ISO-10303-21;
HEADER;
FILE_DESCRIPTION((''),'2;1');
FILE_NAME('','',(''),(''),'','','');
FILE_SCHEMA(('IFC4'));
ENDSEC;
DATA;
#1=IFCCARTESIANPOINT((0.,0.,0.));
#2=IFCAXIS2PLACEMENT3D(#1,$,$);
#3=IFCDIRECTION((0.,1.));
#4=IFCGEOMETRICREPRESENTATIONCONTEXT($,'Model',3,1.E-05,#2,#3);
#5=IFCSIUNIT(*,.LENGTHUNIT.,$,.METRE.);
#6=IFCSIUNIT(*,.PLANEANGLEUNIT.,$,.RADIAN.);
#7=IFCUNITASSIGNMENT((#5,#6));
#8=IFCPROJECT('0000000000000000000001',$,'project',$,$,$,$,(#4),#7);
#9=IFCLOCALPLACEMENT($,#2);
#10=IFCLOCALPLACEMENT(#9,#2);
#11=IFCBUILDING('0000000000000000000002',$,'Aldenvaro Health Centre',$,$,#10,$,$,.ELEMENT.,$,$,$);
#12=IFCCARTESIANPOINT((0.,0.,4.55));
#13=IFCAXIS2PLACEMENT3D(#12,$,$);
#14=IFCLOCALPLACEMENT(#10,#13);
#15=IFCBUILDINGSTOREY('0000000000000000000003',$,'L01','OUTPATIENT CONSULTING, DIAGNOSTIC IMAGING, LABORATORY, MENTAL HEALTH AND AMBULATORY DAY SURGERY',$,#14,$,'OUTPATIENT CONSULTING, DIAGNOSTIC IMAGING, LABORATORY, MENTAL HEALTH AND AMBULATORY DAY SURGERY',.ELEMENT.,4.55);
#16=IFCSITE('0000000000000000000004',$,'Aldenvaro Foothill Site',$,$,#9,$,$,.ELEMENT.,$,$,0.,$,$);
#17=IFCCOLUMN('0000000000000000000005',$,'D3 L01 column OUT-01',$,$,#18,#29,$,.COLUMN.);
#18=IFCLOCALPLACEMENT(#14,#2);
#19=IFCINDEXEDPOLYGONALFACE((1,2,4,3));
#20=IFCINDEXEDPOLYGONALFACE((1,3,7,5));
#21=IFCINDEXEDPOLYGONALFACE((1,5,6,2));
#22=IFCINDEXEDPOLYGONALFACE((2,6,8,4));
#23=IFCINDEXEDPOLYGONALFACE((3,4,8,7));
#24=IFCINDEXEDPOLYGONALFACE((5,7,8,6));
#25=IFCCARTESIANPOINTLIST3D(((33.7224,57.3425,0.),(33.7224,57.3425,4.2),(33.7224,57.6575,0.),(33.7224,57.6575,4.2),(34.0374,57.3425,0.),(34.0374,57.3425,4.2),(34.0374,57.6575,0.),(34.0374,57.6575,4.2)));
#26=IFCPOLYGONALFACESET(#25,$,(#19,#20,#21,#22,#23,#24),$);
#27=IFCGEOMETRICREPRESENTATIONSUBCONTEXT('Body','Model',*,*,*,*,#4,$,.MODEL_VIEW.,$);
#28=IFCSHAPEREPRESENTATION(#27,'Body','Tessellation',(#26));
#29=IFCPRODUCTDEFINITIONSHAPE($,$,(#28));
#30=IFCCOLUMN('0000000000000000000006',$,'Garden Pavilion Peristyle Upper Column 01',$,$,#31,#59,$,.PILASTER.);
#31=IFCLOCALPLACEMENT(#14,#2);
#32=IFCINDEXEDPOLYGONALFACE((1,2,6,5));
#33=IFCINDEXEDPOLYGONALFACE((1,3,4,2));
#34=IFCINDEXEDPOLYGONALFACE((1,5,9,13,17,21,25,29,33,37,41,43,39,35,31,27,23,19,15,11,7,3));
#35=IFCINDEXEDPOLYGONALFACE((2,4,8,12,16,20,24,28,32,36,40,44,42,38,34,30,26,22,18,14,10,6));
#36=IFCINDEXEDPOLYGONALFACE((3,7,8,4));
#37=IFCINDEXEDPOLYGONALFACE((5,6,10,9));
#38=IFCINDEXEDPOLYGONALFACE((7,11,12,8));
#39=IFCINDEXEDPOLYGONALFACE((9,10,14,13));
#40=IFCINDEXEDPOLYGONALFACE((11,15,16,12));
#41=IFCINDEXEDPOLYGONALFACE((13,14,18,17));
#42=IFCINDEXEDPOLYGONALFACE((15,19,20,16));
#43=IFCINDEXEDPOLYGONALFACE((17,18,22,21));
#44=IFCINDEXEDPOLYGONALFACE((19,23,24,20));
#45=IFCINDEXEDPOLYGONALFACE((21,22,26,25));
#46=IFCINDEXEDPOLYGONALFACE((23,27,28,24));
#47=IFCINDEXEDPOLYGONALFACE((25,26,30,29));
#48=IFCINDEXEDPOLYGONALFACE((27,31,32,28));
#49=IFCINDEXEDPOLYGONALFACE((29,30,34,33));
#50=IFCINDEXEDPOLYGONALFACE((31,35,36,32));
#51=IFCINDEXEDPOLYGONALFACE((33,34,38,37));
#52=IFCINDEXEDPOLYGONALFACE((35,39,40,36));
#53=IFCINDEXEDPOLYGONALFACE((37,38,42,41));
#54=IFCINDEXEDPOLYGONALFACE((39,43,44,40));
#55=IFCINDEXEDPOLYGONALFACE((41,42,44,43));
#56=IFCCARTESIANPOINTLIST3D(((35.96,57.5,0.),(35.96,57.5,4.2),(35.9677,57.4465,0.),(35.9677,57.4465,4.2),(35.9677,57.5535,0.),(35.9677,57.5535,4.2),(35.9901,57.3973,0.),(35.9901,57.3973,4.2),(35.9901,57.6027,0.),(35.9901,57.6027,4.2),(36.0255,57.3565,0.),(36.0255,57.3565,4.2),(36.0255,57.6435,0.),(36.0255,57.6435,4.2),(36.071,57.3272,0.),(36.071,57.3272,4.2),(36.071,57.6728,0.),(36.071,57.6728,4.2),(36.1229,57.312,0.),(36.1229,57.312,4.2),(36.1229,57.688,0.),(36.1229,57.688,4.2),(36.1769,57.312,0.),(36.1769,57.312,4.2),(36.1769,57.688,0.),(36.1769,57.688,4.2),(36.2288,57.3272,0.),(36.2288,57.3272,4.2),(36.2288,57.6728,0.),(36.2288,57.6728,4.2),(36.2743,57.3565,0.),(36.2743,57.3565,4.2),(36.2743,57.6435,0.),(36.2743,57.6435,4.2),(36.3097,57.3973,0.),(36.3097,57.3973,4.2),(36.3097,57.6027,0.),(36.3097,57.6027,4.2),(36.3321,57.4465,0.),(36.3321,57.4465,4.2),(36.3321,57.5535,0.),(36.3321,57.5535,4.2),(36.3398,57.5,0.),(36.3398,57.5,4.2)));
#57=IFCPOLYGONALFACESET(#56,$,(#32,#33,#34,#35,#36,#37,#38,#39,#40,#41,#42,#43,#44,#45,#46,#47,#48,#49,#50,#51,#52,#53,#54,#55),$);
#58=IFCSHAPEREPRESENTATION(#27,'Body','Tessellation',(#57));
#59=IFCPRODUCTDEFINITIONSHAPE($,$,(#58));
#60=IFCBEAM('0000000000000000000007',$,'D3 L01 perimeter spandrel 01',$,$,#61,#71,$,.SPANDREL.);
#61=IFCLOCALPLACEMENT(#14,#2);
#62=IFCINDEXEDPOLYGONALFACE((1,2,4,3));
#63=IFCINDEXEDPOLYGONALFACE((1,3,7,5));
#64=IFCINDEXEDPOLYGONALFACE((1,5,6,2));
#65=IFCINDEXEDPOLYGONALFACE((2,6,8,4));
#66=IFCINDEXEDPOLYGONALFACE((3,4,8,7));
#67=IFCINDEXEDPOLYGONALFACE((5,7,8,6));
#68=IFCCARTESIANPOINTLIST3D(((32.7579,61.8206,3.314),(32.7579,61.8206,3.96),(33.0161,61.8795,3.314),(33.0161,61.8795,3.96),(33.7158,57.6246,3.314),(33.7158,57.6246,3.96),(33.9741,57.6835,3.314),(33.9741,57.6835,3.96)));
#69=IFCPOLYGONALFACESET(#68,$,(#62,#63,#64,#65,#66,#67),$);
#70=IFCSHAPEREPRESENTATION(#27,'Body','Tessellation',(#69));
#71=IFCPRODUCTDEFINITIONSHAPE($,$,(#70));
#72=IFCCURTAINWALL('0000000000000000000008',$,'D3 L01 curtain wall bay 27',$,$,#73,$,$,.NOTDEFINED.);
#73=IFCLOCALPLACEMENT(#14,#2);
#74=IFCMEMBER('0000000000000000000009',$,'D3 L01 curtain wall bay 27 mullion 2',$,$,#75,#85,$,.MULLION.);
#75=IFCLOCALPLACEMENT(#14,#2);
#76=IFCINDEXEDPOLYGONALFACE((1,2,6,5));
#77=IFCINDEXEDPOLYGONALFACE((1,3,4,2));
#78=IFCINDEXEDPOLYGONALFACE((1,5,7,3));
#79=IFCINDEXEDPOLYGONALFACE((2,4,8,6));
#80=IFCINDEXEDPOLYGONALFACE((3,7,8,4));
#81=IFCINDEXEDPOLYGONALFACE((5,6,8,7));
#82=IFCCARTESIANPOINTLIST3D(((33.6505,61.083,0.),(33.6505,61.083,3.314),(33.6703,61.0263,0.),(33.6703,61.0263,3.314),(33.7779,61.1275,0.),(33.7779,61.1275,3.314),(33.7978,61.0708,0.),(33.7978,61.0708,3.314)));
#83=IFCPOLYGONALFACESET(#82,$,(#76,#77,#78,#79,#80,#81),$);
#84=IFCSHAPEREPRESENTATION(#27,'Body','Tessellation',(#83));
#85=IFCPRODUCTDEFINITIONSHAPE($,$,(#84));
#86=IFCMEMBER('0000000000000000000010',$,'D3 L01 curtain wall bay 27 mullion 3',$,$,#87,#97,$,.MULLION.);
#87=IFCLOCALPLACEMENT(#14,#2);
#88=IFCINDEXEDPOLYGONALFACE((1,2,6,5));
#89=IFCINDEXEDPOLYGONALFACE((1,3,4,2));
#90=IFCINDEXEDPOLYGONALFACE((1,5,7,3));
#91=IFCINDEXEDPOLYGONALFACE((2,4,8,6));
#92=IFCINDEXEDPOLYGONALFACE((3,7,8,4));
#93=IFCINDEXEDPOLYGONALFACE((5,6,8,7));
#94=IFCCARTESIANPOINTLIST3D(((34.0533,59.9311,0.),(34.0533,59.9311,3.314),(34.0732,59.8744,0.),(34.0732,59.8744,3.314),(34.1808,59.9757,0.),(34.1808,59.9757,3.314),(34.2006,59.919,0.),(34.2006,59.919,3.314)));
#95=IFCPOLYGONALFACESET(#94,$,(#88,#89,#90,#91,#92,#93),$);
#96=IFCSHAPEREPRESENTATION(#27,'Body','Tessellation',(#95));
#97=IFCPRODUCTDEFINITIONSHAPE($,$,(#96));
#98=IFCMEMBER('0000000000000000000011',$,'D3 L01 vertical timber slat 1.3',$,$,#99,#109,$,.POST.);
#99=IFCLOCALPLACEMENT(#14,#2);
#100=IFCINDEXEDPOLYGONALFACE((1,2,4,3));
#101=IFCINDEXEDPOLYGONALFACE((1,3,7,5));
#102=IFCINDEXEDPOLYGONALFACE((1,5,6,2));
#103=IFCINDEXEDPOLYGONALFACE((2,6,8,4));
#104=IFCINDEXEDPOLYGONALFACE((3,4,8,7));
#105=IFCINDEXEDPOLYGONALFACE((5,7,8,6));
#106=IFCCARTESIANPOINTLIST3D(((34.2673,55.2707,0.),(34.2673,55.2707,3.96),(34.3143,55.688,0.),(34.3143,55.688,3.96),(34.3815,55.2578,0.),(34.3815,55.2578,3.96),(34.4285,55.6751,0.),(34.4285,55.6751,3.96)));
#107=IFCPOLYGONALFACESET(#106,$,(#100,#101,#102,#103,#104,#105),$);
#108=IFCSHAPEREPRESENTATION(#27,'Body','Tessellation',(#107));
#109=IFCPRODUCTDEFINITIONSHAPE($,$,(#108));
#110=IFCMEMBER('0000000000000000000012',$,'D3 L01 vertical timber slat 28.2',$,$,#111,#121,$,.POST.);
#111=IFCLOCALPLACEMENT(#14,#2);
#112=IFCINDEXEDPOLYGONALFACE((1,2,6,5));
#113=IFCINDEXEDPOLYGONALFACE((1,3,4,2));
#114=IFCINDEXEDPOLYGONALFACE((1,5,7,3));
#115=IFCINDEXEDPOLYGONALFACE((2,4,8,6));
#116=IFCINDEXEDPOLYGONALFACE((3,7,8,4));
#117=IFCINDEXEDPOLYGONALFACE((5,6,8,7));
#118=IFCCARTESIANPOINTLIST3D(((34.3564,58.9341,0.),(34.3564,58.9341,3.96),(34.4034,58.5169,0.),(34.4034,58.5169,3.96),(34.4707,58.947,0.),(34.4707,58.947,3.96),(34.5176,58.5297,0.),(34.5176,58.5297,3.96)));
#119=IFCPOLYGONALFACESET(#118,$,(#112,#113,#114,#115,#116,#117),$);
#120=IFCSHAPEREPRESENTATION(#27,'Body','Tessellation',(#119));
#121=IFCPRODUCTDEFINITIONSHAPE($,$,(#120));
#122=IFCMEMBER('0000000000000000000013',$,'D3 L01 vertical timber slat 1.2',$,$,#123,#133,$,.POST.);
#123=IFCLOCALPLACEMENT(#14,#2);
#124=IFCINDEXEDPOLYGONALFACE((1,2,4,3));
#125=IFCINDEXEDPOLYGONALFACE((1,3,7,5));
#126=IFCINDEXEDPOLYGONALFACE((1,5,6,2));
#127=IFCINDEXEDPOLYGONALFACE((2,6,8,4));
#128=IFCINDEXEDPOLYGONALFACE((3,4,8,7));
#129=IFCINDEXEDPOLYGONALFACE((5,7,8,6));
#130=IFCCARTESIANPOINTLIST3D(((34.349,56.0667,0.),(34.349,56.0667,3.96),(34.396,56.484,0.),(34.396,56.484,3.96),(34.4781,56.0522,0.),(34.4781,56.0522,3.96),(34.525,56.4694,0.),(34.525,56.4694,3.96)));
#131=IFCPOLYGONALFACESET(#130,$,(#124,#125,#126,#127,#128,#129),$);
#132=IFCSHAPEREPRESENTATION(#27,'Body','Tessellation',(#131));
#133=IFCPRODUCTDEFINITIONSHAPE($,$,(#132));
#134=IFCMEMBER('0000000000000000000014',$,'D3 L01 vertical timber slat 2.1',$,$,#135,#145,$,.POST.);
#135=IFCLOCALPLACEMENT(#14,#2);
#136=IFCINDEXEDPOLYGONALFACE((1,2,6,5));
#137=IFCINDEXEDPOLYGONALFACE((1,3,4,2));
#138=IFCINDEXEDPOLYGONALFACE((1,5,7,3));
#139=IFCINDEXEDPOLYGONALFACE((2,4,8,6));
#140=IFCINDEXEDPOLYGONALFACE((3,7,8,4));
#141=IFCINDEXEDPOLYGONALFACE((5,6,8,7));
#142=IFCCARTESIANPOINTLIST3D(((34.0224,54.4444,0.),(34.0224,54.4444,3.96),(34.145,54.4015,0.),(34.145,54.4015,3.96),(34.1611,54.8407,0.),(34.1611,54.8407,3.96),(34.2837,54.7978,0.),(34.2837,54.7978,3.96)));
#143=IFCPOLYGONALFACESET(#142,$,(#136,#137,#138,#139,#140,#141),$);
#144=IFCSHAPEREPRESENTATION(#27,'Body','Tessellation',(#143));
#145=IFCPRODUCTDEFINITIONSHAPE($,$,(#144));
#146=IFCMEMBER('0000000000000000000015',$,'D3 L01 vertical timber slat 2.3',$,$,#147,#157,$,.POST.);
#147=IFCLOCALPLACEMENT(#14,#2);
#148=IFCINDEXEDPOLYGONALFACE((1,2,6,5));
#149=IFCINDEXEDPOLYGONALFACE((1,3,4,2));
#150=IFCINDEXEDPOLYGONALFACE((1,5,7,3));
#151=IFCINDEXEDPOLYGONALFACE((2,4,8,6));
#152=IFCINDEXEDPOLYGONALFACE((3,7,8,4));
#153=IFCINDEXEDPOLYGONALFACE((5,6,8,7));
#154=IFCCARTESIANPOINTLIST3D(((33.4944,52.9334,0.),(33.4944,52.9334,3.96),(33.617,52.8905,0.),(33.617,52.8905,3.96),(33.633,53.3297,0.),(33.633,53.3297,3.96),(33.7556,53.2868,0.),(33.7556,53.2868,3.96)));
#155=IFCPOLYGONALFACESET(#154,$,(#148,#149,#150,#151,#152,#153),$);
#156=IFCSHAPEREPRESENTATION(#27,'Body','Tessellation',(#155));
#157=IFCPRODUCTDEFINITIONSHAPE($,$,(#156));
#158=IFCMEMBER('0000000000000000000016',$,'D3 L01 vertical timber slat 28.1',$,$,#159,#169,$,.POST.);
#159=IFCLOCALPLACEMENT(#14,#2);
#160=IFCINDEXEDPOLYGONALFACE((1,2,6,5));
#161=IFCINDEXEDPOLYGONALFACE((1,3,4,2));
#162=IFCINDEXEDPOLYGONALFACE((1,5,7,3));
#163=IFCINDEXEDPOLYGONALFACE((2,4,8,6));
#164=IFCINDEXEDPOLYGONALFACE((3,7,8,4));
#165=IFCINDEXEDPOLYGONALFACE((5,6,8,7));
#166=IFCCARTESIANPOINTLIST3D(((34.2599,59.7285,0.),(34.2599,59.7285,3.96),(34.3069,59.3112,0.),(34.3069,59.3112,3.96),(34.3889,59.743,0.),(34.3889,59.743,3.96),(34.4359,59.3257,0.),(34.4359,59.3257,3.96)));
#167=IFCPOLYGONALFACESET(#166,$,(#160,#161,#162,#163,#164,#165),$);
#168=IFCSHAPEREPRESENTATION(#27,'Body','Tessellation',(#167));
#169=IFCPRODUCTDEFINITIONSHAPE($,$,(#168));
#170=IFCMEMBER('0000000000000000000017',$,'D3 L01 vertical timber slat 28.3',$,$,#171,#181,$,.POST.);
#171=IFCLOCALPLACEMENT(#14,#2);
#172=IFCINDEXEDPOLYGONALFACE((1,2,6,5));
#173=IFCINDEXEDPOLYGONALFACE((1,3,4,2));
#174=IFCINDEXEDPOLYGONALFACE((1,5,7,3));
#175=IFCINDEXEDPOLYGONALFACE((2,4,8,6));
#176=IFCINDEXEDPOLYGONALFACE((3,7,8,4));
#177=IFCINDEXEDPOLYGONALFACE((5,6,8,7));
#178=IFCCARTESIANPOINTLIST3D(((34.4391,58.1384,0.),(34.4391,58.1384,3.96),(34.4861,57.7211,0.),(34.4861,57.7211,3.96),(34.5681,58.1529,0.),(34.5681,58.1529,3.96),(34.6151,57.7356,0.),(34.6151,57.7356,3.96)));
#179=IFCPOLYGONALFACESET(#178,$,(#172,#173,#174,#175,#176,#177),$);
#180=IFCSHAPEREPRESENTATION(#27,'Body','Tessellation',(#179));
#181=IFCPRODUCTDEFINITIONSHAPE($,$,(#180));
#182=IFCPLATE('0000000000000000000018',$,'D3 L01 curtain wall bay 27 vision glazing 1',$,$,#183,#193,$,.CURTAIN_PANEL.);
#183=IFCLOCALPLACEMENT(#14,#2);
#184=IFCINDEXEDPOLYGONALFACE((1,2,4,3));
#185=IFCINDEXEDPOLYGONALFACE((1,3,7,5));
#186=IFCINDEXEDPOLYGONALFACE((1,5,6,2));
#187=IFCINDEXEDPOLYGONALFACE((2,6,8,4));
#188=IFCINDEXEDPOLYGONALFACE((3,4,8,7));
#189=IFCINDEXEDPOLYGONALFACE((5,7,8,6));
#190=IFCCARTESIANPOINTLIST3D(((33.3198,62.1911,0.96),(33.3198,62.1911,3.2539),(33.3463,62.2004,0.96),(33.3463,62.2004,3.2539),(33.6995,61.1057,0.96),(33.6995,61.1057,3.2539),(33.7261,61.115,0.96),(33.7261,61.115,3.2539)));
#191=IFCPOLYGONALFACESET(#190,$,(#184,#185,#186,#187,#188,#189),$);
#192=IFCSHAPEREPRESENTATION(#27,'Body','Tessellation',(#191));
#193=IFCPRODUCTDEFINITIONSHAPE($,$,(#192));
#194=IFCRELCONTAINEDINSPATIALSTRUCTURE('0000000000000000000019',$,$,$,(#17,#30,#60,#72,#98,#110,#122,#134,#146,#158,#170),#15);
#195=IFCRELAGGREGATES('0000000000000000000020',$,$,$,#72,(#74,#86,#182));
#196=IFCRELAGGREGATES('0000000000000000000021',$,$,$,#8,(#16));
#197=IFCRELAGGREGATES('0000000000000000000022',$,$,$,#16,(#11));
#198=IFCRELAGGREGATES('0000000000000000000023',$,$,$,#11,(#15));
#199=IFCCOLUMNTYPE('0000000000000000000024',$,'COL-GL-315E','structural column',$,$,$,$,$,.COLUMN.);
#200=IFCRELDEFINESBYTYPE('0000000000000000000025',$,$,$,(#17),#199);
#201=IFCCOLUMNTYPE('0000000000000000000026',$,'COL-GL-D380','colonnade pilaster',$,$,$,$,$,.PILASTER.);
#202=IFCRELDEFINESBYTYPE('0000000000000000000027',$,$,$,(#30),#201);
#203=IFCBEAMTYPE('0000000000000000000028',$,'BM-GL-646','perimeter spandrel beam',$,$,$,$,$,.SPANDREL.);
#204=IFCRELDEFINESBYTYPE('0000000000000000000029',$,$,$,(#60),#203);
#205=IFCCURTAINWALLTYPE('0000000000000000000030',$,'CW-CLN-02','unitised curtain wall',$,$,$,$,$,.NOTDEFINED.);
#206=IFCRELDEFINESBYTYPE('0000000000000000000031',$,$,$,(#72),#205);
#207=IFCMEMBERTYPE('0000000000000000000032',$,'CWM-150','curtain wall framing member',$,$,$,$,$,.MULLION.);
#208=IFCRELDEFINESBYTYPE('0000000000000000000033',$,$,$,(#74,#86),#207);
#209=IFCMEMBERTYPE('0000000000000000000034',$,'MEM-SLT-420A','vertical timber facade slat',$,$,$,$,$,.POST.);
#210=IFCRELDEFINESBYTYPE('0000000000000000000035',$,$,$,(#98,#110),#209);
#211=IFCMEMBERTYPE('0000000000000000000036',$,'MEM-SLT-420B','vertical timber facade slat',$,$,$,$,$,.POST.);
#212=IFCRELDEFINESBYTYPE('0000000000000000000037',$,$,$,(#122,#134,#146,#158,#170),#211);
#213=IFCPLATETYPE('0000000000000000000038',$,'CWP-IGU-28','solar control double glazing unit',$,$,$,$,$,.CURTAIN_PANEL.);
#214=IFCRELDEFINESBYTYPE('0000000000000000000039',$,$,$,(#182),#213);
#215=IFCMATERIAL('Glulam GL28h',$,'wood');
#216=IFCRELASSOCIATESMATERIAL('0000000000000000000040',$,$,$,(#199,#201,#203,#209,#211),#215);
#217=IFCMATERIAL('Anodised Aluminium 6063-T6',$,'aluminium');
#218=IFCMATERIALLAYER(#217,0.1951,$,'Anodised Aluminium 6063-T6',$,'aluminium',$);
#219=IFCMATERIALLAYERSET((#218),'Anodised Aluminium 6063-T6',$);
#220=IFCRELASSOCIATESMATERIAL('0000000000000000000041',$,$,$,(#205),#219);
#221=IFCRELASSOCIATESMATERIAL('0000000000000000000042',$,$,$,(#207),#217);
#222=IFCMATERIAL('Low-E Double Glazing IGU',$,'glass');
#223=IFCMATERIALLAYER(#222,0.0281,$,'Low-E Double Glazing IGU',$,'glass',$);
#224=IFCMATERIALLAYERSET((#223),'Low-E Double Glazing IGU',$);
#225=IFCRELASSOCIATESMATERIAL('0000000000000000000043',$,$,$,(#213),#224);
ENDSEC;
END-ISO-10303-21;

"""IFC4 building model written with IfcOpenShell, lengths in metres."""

from ifc_helpers import new_model, si_unit, direction, frame, origin, origin_2d, place, context, subcontext, project, spatial, rectangle, circle, extrude, material, layer, layer_set, material_profile, profile_set, type_object, element, aggregate, save


model = new_model("IFC4")

# Units and contexts
model_context = context("Model", 3, precision=1e-05, world=origin(), true_north=direction((0.0, 1.0)))
body_context = subcontext(model_context, "Body", "Model", "MODEL_VIEW")
ifc_project = project(units=[si_unit("LENGTHUNIT", "METRE"), si_unit("PLANEANGLEUNIT", "RADIAN")], contexts=[model_context])

# Site, building, storey
site_placement = place(None, origin())
site = spatial("IfcSite", under=ifc_project, at=site_placement, Name="Aldenvaro Foothill Site", CompositionType="ELEMENT", RefElevation=0.0)
building_placement = place(site_placement, origin())
building = spatial("IfcBuilding", under=site, at=building_placement, Name="Aldenvaro Health Centre", CompositionType="ELEMENT")
storey_placement = place(building_placement, frame((0.0, 0.0, 4.55)))
storey = spatial("IfcBuildingStorey", under=building, at=storey_placement, Name="L01", Description="OUTPATIENT CONSULTING, DIAGNOSTIC IMAGING, LABORATORY, MENTAL HEALTH AND AMBULATORY DAY SURGERY", LongName="OUTPATIENT CONSULTING, DIAGNOSTIC IMAGING, LABORATORY, MENTAL HEALTH AND AMBULATORY DAY SURGERY", CompositionType="ELEMENT", Elevation=4.55)

# Columns
ifc_material_1 = material(Name="Glulam GL28h", Category="wood")
ifc_material_profile_1 = material_profile(ifc_material_1, rectangle(XDim=0.3149, YDim=0.3149, at=origin_2d()), Name="GL 315x315", Category="wood")
ifc_profile_set_1 = profile_set([ifc_material_profile_1], Name="Glulam GL28h")
column_type_1 = type_object("IfcColumnType", Name="COL-GL-315E", Description="structural column", PredefinedType="COLUMN", material=ifc_profile_set_1)
column_1_placement = place(storey_placement, frame((33.8799, 57.5, 0.0), z_axis=(0.0, 0.0, 1.0), x_axis=(1.0, 0.0, 0.0)))
element("IfcColumn", 1, at=column_1_placement, inside=storey, type_object=column_type_1, Name="D3 L01 column OUT-01", PredefinedType="COLUMN", context=body_context, shape_type="SweptSolid", body=[
    extrude(rectangle(XDim=0.3149, YDim=0.3149, at=origin_2d()), origin(), (0.0, 0.0, 1.0), 4.2),
])
ifc_material_profile_2 = material_profile(ifc_material_1, circle(Radius=0.1899, at=origin_2d()), Name="GL D380", Category="wood")
ifc_profile_set_2 = profile_set([ifc_material_profile_2], Name="Glulam GL28h")
column_type_2 = type_object("IfcColumnType", Name="COL-GL-D380", Description="colonnade pilaster", PredefinedType="PILASTER", material=ifc_profile_set_2)
column_2_placement = place(storey_placement, frame((36.1499, 57.5, 0.0), z_axis=(0.0, 0.0, 1.0), x_axis=(1.0, 0.0, 0.0)))
element("IfcColumn", 2, at=column_2_placement, inside=storey, type_object=column_type_2, Name="Garden Pavilion Peristyle Upper Column 01", PredefinedType="PILASTER", context=body_context, shape_type="SweptSolid", body=[
    extrude(circle(Radius=0.1899, at=origin_2d()), origin(), (0.0, 0.0, 1.0), 4.2),
])

# Beam
ifc_material_profile_3 = material_profile(ifc_material_1, rectangle(XDim=0.2649, YDim=0.646, at=origin_2d()), Name="GL 265x646", Category="wood")
ifc_profile_set_3 = profile_set([ifc_material_profile_3], Name="Glulam GL28h")
beam_type = type_object("IfcBeamType", Name="BM-GL-646", Description="perimeter spandrel beam", PredefinedType="SPANDREL", material=ifc_profile_set_3)
beam_placement = place(storey_placement, frame((33.845, 57.6541, 3.637), z_axis=(-0.222585, 0.974913, 0.0), x_axis=(-0.974913, -0.222585, 0.0)))
element("IfcBeam", 3, at=beam_placement, inside=storey, type_object=beam_type, Name="D3 L01 perimeter spandrel 01", PredefinedType="SPANDREL", context=body_context, shape_type="SweptSolid", body=[
    extrude(rectangle(XDim=0.2649, YDim=0.646, at=origin_2d()), origin(), (0.0, 0.0, 1.0), 4.304),
])

# Curtain wall, members
ifc_material_2 = material(Name="Anodised Aluminium 6063-T6", Category="aluminium")
ifc_layer_1 = layer(ifc_material_2, 0.1951, Name="Anodised Aluminium 6063-T6", Category="aluminium")
ifc_layer_set_1 = layer_set([ifc_layer_1], Name="Anodised Aluminium 6063-T6")
curtain_wall_type = type_object("IfcCurtainWallType", Name="CW-CLN-02", Description="unitised curtain wall", PredefinedType="NOTDEFINED", material=ifc_layer_set_1)
curtain_wall_placement = place(storey_placement, origin())
curtain_wall = element("IfcCurtainWall", 4, at=curtain_wall_placement, inside=storey, type_object=curtain_wall_type, Name="D3 L01 curtain wall bay 27", PredefinedType="NOTDEFINED")
ifc_material_profile_4 = material_profile(ifc_material_2, rectangle(XDim=0.0601, YDim=0.135, at=origin_2d()), Name="ALU 60x135", Category="aluminium")
ifc_profile_set_4 = profile_set([ifc_material_profile_4], Name="Anodised Aluminium 6063-T6")
member_type_1 = type_object("IfcMemberType", Name="CWM-150", Description="curtain wall framing member", PredefinedType="MULLION", material=ifc_profile_set_4)
member_1_placement = place(storey_placement, frame((33.7241, 61.0769, 0.0), z_axis=(0.0, 0.0, 1.0), x_axis=(0.330204, -0.943909, 0.0)))
member_1 = element("IfcMember", 5, at=member_1_placement, type_object=member_type_1, Name="D3 L01 curtain wall bay 27 mullion 2", PredefinedType="MULLION", context=body_context, shape_type="SweptSolid", body=[
    extrude(rectangle(XDim=0.0601, YDim=0.135, at=origin_2d()), origin(), (0.0, 0.0, 1.0), 3.314),
])
member_2_placement = place(storey_placement, frame((34.127, 59.925, 0.0), z_axis=(0.0, 0.0, 1.0), x_axis=(0.330204, -0.943909, 0.0)))
member_2 = element("IfcMember", 6, at=member_2_placement, type_object=member_type_1, Name="D3 L01 curtain wall bay 27 mullion 3", PredefinedType="MULLION", context=body_context, shape_type="SweptSolid", body=[
    extrude(rectangle(XDim=0.0601, YDim=0.135, at=origin_2d()), origin(), (0.0, 0.0, 1.0), 3.314),
])

# Members
ifc_material_profile_5 = material_profile(ifc_material_1, rectangle(XDim=0.115, YDim=0.4199, at=origin_2d()), Name="GL 115x420", Category="wood")
ifc_profile_set_5 = profile_set([ifc_material_profile_5], Name="Glulam GL28h")
member_type_2 = type_object("IfcMemberType", Name="MEM-SLT-420A", Description="vertical timber facade slat", PredefinedType="POST", material=ifc_profile_set_5)
for number, where, z_axis, x_axis, name in (
    (7, (34.3479, 55.4729, 0.0), (0.0, 0.0, 1.0), (0.993723, -0.111871, 0.0), "D3 L01 vertical timber slat 1.3"),
    (8, (34.437, 58.7319, 0.0), (0.0, 0.0, 1.0), (0.993723, 0.111871, 0.0), "D3 L01 vertical timber slat 28.2"),
):
    element("IfcMember", number, at=place(storey_placement, frame(where, z_axis=z_axis, x_axis=x_axis)), inside=storey, type_object=member_type_2, Name=name, PredefinedType="POST", context=body_context, shape_type="SweptSolid", body=[
        extrude(rectangle(XDim=0.115, YDim=0.4199, at=origin_2d()), origin(), (0.0, 0.0, 1.0), 3.96),
    ])
ifc_material_profile_6 = material_profile(ifc_material_1, rectangle(XDim=0.1299, YDim=0.4199, at=origin_2d()), Name="GL 130x420", Category="wood")
ifc_profile_set_6 = profile_set([ifc_material_profile_6], Name="Glulam GL28h")
member_type_3 = type_object("IfcMemberType", Name="MEM-SLT-420B", Description="vertical timber facade slat", PredefinedType="POST", material=ifc_profile_set_6)
for number, where, z_axis, x_axis, name in (
    (9, (34.437, 56.2681, 0.0), (0.0, 0.0, 1.0), (0.993723, -0.111871, 0.0), "D3 L01 vertical timber slat 1.2"),
    (10, (34.1531, 54.6211, 0.0), (0.0, 0.0, 1.0), (0.943909, -0.330204, 0.0), "D3 L01 vertical timber slat 2.1"),
    (11, (33.625, 53.1101, 0.0), (0.0, 0.0, 1.0), (0.943909, -0.330204, 0.0), "D3 L01 vertical timber slat 2.3"),
    (12, (34.3479, 59.5271, 0.0), (0.0, 0.0, 1.0), (0.993723, 0.111871, 0.0), "D3 L01 vertical timber slat 28.1"),
    (13, (34.5271, 57.937, 0.0), (0.0, 0.0, 1.0), (0.993723, 0.111871, 0.0), "D3 L01 vertical timber slat 28.3"),
):
    element("IfcMember", number, at=place(storey_placement, frame(where, z_axis=z_axis, x_axis=x_axis)), inside=storey, type_object=member_type_3, Name=name, PredefinedType="POST", context=body_context, shape_type="SweptSolid", body=[
        extrude(rectangle(XDim=0.1299, YDim=0.4199, at=origin_2d()), origin(), (0.0, 0.0, 1.0), 3.96),
    ])

# Plate
ifc_material_3 = material(Name="Low-E Double Glazing IGU", Category="glass")
ifc_layer_2 = layer(ifc_material_3, 0.0281, Name="Low-E Double Glazing IGU", Category="glass")
ifc_layer_set_2 = layer_set([ifc_layer_2], Name="Low-E Double Glazing IGU")
plate_type_1 = type_object("IfcPlateType", Name="CWP-IGU-28", Description="solar control double glazing unit", PredefinedType="CURTAIN_PANEL", material=ifc_layer_set_2)
plate_1_placement = place(storey_placement, frame((33.5229, 61.6531, 0.96), z_axis=(0.0, 0.0, 1.0), x_axis=(0.330204, -0.943909, 0.0)))
plate_1 = element("IfcPlate", 14, at=plate_1_placement, type_object=plate_type_1, Name="D3 L01 curtain wall bay 27 vision glazing 1", PredefinedType="CURTAIN_PANEL", context=body_context, shape_type="SweptSolid", body=[
    extrude(rectangle(XDim=1.1499, YDim=0.0281, at=origin_2d()), origin(), (0.0, 0.0, 1.0), 2.2939),
])
aggregate(curtain_wall, [member_1, member_2, plate_1])

save(model, "model.ifc")
